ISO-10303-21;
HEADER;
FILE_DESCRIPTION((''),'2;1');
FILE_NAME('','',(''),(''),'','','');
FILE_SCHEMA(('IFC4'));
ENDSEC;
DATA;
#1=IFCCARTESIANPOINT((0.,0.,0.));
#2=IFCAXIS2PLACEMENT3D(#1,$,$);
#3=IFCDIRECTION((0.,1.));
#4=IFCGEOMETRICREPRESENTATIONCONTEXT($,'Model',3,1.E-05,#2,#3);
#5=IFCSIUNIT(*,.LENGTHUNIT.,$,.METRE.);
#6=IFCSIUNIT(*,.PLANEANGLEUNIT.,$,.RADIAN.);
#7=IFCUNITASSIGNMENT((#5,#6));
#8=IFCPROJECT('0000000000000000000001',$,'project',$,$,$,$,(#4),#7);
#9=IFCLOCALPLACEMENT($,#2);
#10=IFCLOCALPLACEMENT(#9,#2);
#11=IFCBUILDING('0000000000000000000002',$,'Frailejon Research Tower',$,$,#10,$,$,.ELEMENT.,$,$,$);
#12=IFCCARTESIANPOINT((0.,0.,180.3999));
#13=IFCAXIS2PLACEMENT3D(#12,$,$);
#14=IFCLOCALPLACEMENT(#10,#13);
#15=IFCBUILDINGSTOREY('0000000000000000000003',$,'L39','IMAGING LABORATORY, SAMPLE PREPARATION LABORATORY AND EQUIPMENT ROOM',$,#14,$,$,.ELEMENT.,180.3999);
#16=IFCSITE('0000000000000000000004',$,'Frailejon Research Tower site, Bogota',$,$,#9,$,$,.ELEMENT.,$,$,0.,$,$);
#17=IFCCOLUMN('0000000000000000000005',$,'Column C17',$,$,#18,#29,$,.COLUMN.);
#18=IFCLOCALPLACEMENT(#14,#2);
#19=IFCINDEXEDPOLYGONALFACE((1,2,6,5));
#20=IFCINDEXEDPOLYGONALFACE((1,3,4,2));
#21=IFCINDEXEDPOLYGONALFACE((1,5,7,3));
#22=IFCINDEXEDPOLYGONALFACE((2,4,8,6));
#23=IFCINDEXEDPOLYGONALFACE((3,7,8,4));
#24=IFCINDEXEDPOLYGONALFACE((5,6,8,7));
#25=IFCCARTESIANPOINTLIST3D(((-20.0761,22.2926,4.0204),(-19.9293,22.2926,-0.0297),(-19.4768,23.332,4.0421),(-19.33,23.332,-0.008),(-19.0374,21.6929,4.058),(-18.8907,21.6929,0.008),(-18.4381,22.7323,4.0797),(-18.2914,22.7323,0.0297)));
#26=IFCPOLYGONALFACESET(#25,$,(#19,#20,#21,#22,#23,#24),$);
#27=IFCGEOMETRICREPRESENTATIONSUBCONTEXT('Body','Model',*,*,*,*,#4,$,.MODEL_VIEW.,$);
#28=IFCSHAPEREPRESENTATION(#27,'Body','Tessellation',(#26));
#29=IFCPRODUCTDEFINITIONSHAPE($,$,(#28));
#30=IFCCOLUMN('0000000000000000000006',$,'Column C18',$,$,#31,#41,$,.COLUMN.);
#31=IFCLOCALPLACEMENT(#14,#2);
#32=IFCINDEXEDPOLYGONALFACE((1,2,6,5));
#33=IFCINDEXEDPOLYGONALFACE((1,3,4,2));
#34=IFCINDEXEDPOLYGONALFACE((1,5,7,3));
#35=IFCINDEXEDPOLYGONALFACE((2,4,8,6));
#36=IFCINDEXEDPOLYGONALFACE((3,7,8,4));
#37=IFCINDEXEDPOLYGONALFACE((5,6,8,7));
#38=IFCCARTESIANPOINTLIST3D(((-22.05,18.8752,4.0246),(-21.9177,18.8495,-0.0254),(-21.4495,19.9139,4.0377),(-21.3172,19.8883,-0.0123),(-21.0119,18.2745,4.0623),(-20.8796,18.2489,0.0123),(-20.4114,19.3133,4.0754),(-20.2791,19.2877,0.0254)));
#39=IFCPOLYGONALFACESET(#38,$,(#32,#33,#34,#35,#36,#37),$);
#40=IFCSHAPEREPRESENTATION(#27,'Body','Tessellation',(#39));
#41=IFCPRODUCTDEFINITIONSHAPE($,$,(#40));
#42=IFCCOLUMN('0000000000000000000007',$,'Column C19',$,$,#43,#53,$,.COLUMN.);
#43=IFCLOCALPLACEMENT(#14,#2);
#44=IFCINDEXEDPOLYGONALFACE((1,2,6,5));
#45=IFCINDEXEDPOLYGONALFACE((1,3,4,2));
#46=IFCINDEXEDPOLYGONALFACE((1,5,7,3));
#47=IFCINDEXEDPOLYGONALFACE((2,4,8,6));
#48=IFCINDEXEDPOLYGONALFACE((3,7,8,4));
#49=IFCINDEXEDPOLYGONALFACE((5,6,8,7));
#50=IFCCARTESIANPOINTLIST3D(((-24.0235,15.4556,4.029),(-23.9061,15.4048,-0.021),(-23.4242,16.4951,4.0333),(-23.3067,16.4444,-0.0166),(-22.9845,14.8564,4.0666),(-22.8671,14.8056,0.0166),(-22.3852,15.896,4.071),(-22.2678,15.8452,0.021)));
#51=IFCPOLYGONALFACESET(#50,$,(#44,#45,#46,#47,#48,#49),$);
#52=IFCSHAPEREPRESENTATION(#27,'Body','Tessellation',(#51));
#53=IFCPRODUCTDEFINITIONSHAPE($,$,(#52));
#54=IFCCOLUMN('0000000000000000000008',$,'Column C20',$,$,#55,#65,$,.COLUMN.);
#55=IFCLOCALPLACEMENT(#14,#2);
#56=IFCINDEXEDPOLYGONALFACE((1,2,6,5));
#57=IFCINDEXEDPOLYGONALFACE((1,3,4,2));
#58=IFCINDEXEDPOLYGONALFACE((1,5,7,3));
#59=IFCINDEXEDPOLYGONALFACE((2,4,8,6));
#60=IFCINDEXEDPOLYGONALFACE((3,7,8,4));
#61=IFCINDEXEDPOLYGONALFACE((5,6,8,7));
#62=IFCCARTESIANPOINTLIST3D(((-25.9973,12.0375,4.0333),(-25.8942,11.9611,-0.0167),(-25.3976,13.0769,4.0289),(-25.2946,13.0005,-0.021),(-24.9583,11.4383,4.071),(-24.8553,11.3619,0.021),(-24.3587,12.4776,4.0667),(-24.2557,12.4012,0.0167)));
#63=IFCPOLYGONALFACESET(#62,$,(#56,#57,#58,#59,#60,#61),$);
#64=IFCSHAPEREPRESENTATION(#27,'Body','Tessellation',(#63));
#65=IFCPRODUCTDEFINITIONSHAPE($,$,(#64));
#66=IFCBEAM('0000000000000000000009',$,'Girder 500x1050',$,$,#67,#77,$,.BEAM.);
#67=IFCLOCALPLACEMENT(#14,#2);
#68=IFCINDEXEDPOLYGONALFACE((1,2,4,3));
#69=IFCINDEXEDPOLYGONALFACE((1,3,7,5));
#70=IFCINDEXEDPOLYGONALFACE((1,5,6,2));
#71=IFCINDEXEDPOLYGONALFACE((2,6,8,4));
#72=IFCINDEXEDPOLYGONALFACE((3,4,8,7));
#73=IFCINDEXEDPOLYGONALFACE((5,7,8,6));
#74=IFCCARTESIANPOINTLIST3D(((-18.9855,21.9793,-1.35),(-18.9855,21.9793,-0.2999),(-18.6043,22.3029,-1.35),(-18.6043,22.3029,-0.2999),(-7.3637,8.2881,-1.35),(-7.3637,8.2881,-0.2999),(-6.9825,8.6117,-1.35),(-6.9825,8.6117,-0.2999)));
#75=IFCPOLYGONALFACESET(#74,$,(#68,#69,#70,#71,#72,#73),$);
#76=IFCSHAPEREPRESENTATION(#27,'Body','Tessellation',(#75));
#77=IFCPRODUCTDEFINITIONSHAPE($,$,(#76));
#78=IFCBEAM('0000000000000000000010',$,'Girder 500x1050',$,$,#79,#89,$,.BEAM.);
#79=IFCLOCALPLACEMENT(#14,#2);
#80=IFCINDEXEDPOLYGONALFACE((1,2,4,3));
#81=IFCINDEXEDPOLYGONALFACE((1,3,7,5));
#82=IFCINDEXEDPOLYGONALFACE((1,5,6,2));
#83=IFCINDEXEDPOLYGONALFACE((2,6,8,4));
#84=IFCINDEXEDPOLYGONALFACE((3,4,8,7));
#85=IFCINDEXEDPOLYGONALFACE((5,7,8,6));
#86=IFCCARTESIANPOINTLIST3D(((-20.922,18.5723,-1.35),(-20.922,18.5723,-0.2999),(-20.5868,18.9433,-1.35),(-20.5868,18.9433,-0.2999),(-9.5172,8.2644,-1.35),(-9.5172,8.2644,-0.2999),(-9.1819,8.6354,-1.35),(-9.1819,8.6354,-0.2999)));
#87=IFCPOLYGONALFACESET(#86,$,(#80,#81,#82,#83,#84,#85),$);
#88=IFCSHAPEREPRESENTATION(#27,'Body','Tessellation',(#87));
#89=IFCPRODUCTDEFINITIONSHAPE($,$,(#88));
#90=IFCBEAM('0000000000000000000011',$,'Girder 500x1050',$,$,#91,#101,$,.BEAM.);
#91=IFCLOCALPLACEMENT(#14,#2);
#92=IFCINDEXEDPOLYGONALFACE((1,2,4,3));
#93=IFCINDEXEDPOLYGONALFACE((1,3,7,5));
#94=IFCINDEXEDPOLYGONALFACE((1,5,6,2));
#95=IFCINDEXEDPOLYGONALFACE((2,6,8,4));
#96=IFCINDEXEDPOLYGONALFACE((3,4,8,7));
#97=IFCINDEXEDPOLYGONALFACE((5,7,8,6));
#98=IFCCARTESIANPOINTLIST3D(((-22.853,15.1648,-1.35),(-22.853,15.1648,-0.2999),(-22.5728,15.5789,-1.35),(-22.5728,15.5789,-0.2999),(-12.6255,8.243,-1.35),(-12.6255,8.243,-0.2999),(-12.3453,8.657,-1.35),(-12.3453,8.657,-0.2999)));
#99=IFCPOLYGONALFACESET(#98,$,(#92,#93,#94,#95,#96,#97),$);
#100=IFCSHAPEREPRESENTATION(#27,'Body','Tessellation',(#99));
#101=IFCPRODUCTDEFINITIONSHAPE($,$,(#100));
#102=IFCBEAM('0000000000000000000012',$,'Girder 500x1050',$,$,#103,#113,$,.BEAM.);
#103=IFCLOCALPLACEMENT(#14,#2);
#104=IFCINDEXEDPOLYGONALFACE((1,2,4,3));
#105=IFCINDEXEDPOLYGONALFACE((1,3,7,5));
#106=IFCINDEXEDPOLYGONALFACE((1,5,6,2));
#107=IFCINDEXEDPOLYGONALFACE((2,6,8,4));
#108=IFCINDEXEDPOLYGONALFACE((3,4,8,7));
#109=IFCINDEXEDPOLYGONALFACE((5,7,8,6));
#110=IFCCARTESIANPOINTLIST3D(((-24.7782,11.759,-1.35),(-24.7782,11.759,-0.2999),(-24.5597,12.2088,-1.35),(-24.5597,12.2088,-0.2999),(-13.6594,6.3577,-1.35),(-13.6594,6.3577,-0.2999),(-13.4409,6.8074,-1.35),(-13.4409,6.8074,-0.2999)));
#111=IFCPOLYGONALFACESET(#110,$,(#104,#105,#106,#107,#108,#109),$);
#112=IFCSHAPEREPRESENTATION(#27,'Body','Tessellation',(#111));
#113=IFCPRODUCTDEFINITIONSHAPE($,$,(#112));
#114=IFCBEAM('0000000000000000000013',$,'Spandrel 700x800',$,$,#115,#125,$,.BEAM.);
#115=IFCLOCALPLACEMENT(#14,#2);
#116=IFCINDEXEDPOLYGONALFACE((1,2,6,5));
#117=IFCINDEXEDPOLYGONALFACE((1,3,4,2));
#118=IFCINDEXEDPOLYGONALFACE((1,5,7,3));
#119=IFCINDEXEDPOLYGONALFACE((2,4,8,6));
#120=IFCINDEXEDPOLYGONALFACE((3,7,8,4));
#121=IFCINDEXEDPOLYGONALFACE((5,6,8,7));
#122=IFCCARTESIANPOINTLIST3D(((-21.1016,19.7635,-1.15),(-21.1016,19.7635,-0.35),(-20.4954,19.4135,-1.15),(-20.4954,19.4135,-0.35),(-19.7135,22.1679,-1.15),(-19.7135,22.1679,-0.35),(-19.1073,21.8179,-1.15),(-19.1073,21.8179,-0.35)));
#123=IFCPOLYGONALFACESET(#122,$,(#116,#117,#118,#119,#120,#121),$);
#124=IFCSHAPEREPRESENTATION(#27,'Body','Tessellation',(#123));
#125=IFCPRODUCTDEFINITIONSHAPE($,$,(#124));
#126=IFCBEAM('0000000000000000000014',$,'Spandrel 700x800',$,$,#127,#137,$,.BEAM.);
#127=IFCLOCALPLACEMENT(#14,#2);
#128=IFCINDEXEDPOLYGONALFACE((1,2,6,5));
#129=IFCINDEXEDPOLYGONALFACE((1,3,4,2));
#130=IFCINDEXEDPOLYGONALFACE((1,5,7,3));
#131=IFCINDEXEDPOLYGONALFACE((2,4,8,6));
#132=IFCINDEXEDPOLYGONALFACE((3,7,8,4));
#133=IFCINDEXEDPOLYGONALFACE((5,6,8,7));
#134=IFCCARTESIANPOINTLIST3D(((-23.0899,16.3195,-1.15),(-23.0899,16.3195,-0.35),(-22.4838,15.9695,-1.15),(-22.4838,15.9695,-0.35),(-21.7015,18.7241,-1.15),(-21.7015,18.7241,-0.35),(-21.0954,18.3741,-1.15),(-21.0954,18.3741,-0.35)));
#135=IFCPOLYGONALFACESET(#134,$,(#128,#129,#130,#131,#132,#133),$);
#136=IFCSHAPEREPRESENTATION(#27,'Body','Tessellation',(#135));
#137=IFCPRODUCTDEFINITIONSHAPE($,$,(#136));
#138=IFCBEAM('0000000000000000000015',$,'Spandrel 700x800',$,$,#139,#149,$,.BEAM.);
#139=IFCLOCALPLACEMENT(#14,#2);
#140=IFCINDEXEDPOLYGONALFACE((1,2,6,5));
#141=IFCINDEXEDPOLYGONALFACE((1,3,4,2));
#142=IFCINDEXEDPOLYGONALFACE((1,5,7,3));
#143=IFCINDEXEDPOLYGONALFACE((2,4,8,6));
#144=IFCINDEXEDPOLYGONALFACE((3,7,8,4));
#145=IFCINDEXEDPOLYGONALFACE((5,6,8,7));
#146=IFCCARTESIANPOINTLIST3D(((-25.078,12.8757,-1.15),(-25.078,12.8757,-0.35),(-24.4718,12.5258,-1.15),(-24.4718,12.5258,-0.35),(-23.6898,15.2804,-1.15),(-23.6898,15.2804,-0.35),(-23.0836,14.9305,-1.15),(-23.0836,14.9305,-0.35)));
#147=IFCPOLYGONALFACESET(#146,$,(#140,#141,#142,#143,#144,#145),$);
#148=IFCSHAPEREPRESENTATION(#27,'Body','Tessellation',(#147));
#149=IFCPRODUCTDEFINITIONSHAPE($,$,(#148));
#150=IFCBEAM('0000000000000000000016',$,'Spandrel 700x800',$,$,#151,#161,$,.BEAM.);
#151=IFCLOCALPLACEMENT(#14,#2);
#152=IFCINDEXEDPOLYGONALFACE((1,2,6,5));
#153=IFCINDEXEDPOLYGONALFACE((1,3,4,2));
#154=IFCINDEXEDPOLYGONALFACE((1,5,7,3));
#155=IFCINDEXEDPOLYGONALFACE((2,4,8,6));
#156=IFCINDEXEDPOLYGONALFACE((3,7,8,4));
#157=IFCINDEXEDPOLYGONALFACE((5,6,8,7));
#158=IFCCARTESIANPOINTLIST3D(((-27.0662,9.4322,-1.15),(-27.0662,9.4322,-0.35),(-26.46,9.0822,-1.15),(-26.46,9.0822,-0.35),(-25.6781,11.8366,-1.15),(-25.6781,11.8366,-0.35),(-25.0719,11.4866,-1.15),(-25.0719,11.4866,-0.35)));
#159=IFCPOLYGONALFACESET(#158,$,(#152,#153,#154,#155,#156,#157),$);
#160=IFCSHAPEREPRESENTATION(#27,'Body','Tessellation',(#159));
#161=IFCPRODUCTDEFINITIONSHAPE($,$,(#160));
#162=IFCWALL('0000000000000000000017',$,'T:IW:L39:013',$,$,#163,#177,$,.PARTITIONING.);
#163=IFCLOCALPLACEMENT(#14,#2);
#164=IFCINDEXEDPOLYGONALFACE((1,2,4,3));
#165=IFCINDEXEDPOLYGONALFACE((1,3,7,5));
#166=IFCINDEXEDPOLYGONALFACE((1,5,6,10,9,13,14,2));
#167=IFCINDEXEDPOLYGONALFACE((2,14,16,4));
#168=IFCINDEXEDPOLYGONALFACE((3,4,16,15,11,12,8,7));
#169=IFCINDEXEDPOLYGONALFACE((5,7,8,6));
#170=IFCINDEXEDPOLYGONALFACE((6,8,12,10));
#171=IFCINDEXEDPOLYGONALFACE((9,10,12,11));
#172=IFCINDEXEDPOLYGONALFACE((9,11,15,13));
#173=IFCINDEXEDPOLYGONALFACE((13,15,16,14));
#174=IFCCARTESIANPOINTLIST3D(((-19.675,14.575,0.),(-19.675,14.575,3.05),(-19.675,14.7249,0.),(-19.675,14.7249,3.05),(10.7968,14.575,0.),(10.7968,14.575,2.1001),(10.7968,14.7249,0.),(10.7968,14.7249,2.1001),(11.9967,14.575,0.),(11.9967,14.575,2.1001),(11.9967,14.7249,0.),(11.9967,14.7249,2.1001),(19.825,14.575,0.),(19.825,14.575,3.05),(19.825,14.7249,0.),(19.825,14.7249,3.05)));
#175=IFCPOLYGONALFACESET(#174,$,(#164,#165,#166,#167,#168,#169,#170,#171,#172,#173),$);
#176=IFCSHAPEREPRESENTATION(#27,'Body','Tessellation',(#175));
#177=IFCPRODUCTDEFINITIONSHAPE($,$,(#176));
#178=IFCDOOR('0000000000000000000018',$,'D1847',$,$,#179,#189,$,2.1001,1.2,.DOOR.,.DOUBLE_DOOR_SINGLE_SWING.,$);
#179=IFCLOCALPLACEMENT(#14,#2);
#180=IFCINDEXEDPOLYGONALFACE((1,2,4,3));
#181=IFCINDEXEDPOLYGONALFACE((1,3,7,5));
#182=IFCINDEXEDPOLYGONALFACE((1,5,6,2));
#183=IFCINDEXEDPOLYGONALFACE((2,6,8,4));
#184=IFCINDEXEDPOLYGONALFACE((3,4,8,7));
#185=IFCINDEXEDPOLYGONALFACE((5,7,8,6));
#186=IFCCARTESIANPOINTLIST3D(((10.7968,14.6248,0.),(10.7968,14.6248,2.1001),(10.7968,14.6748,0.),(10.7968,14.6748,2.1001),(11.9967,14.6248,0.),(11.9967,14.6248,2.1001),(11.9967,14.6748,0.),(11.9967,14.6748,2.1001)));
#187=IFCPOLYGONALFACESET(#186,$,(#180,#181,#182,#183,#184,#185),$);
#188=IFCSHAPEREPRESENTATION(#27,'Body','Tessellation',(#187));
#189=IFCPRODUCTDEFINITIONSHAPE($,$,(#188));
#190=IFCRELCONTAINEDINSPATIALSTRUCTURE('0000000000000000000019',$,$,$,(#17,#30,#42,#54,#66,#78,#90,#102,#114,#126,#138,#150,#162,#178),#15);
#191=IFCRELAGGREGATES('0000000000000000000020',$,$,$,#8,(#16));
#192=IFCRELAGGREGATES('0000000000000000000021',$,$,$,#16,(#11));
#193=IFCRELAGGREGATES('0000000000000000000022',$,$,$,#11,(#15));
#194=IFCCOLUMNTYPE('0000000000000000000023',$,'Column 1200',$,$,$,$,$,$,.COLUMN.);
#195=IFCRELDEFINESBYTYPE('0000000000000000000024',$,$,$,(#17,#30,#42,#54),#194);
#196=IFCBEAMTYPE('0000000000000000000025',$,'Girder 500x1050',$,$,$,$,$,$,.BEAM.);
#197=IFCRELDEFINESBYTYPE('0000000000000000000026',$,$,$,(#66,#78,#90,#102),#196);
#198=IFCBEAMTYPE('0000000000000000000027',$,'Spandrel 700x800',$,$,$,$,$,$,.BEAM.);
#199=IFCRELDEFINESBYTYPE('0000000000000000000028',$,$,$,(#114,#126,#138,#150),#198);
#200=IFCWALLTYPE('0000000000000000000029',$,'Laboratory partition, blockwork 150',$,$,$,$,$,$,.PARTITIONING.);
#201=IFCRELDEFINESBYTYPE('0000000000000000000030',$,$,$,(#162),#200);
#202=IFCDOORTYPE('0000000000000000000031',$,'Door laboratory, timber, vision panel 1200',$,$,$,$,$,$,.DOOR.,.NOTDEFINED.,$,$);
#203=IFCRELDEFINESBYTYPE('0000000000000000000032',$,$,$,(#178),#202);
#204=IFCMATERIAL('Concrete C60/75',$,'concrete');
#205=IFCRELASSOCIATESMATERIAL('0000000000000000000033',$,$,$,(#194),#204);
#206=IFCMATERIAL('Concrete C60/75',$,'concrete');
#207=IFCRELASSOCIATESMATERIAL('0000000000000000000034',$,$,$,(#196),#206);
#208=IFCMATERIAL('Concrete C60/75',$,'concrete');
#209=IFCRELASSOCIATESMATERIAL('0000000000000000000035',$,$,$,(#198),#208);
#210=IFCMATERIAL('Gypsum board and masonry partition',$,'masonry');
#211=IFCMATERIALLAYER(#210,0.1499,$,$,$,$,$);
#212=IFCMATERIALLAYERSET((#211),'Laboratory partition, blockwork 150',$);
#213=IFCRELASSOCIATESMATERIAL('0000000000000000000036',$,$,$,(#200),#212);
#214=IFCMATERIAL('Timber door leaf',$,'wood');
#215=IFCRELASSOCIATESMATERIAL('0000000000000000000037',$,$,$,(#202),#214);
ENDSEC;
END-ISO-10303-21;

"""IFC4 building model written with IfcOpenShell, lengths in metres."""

from ifc_helpers import new_model, si_unit, direction, frame, frame_2d, origin, origin_2d, place, context, subcontext, project, spatial, rectangle, extrude, material, layer, layer_set, material_profile, profile_set, type_object, element, fill, save


model = new_model("IFC4")

# Units and contexts
model_context = context("Model", 3, precision=1e-05, world=origin(), true_north=direction((0.0, 1.0)))
body_context = subcontext(model_context, "Body", "Model", "MODEL_VIEW")
ifc_project = project(units=[si_unit("LENGTHUNIT", "METRE"), si_unit("PLANEANGLEUNIT", "RADIAN")], contexts=[model_context])

# Site, building, storey
site_placement = place(None, origin())
site = spatial("IfcSite", under=ifc_project, at=site_placement, Name="Frailejon Research Tower site, Bogota", CompositionType="ELEMENT", RefElevation=0.0)
building_placement = place(site_placement, origin())
building = spatial("IfcBuilding", under=site, at=building_placement, Name="Frailejon Research Tower", CompositionType="ELEMENT")
storey_placement = place(building_placement, frame((0.0, 0.0, 180.3999)))
storey = spatial("IfcBuildingStorey", under=building, at=storey_placement, Name="L39", Description="IMAGING LABORATORY, SAMPLE PREPARATION LABORATORY AND EQUIPMENT ROOM", CompositionType="ELEMENT", Elevation=180.3999)

# Columns
ifc_material_1 = material(Name="Concrete C60/75", Category="concrete")
ifc_material_profile_1 = material_profile(ifc_material_1, rectangle(XDim=1.2, YDim=1.2, at=origin_2d()), Name="Column 1200")
ifc_profile_set_1 = profile_set([ifc_material_profile_1], Name="Concrete C60/75")
column_type = type_object("IfcColumnType", Name="Column 1200", PredefinedType="COLUMN", material=ifc_profile_set_1)
column_1_placement = place(storey_placement, frame((-19.1104, 22.5125, 0.0), z_axis=(-0.036205, 0.0, 0.999344), x_axis=(-0.499426, -0.866168, -0.018094)))
element("IfcColumn", 1, at=column_1_placement, inside=storey, type_object=column_type, Name="Column C17", PredefinedType="COLUMN", context=body_context, shape_type="SweptSolid", body=[
    extrude(rectangle(XDim=1.2, YDim=1.2, at=origin_2d()), origin(), (0.0, 0.0, 1.0), 4.0527),
])
column_2_placement = place(storey_placement, frame((-21.0984, 19.0686, 0.0), z_axis=(-0.032654, 0.006326, 0.999447), x_axis=(-0.500479, -0.865681, -0.010872)))
element("IfcColumn", 2, at=column_2_placement, inside=storey, type_object=column_type, Name="Column C18", PredefinedType="COLUMN", context=body_context, shape_type="SweptSolid", body=[
    extrude(rectangle(XDim=1.2, YDim=1.2, at=origin_2d()), origin(), (0.0, 0.0, 1.0), 4.0522),
])
for number, where, z_axis, x_axis, name in (
    (3, (-23.0869, 15.625, 0.0), (-0.028981, 0.012532, 0.999501), (-0.49945, -0.866335, -0.003619), "Column C19"),
    (4, (-25.075, 12.1812, 0.0), (-0.025426, 0.018858, 0.999499), (-0.49971, -0.866185, 0.003631), "Column C20"),
):
    element("IfcColumn", number, at=place(storey_placement, frame(where, z_axis=z_axis, x_axis=x_axis)), inside=storey, type_object=column_type, Name=name, PredefinedType="COLUMN", context=body_context, shape_type="SweptSolid", body=[
        extrude(rectangle(XDim=1.2, YDim=1.2, at=origin_2d()), origin(), (0.0, 0.0, 1.0), 4.052),
    ])

# Beams
ifc_material_2 = material(Name="Concrete C60/75", Category="concrete")
ifc_material_profile_2 = material_profile(ifc_material_2, rectangle(XDim=0.5, YDim=1.05, at=origin_2d()), Name="Girder 500x1050")
ifc_profile_set_2 = profile_set([ifc_material_profile_2], Name="Concrete C60/75")
beam_type_1 = type_object("IfcBeamType", Name="Girder 500x1050", PredefinedType="BEAM", material=ifc_profile_set_2)
beam_1_placement = place(storey_placement, frame((-18.7949, 22.1411, -0.825), z_axis=(0.647142, -0.762369, 0.0), x_axis=(0.762369, 0.647142, 0.0)))
element("IfcBeam", 5, at=beam_1_placement, inside=storey, type_object=beam_type_1, Name="Girder 500x1050", PredefinedType="BEAM", context=body_context, shape_type="SweptSolid", body=[
    extrude(rectangle(XDim=0.5, YDim=1.05, at=origin_2d()), origin(), (0.0, 0.0, 1.0), 17.9587),
])
beam_2_placement = place(storey_placement, frame((-20.7544, 18.7578, -0.825), z_axis=(0.741884, -0.670529, 0.0), x_axis=(0.670529, 0.741884, 0.0)))
element("IfcBeam", 6, at=beam_2_placement, inside=storey, type_object=beam_type_1, Name="Girder 500x1050", PredefinedType="BEAM", context=body_context, shape_type="SweptSolid", body=[
    extrude(rectangle(XDim=0.5, YDim=1.05, at=origin_2d()), origin(), (0.0, 0.0, 1.0), 15.3728),
])
beam_3_placement = place(storey_placement, frame((-22.7129, 15.3718, -0.825), z_axis=(0.828161, -0.56049, 0.0), x_axis=(0.56049, 0.828161, 0.0)))
element("IfcBeam", 7, at=beam_3_placement, inside=storey, type_object=beam_type_1, Name="Girder 500x1050", PredefinedType="BEAM", context=body_context, shape_type="SweptSolid", body=[
    extrude(rectangle(XDim=0.5, YDim=1.05, at=origin_2d()), origin(), (0.0, 0.0, 1.0), 12.3496),
])
beam_4_placement = place(storey_placement, frame((-24.6689, 11.9839, -0.825), z_axis=(0.899484, -0.436954, 0.0), x_axis=(0.436954, 0.899484, 0.0)))
element("IfcBeam", 8, at=beam_4_placement, inside=storey, type_object=beam_type_1, Name="Girder 500x1050", PredefinedType="BEAM", context=body_context, shape_type="SweptSolid", body=[
    extrude(rectangle(XDim=0.5, YDim=1.05, at=origin_2d()), origin(), (0.0, 0.0, 1.0), 12.3613),
])
ifc_material_3 = material(Name="Concrete C60/75", Category="concrete")
ifc_material_profile_3 = material_profile(ifc_material_3, rectangle(XDim=0.7, YDim=0.8, at=origin_2d()), Name="Spandrel 700x800")
ifc_profile_set_3 = profile_set([ifc_material_profile_3], Name="Concrete C60/75")
beam_type_2 = type_object("IfcBeamType", Name="Spandrel 700x800", PredefinedType="BEAM", material=ifc_profile_set_3)
beam_5_placement = place(storey_placement, frame((-19.4104, 21.9929, -0.75), z_axis=(-0.499979, -0.866038, 0.0), x_axis=(0.866038, -0.499979, 0.0)))
element("IfcBeam", 9, at=beam_5_placement, inside=storey, type_object=beam_type_2, Name="Spandrel 700x800", PredefinedType="BEAM", context=body_context, shape_type="SweptSolid", body=[
    extrude(rectangle(XDim=0.7, YDim=0.8, at=origin_2d()), origin(), (0.0, 0.0, 1.0), 2.7764),
])
for number, where, z_axis, x_axis, name in (
    (10, (-21.3984, 18.5491, -0.75), (-0.500045, -0.866, 0.0), (0.866, -0.500045, 0.0), "Spandrel 700x800"),
    (11, (-23.3867, 15.1055, -0.75), (-0.499941, -0.86606, 0.0), (0.86606, -0.499941, 0.0), "Spandrel 700x800"),
):
    element("IfcBeam", number, at=place(storey_placement, frame(where, z_axis=z_axis, x_axis=x_axis)), inside=storey, type_object=beam_type_2, Name=name, PredefinedType="BEAM", context=body_context, shape_type="SweptSolid", body=[
        extrude(rectangle(XDim=0.7, YDim=0.8, at=origin_2d()), origin(), (0.0, 0.0, 1.0), 2.7766),
    ])
beam_6_placement = place(storey_placement, frame((-25.375, 11.6616, -0.75), z_axis=(-0.499979, -0.866038, 0.0), x_axis=(0.866038, -0.499979, 0.0)))
element("IfcBeam", 12, at=beam_6_placement, inside=storey, type_object=beam_type_2, Name="Spandrel 700x800", PredefinedType="BEAM", context=body_context, shape_type="SweptSolid", body=[
    extrude(rectangle(XDim=0.7, YDim=0.8, at=origin_2d()), origin(), (0.0, 0.0, 1.0), 2.7764),
])

# Wall, opening, door
ifc_material_4 = material(Name="Gypsum board and masonry partition", Category="masonry")
ifc_layer_1 = layer(ifc_material_4, 0.1499)
ifc_layer_set_1 = layer_set([ifc_layer_1], Name="Laboratory partition, blockwork 150")
wall_type_1 = type_object("IfcWallType", Name="Laboratory partition, blockwork 150", PredefinedType="PARTITIONING", material=ifc_layer_set_1)
wall_1_placement = place(storey_placement, frame((-19.675, 14.6499, 0.0), z_axis=(0.0, 0.0, 1.0), x_axis=(1.0, 0.0, 0.0)))
wall_1 = element("IfcWall", 13, at=wall_1_placement, inside=storey, type_object=wall_type_1, Name="T:IW:L39:013", PredefinedType="PARTITIONING", context=body_context, shape_type="SweptSolid", body=[
    extrude(rectangle(XDim=39.5, YDim=0.1499, at=frame_2d((19.75, 0.0))), origin(), (0.0, 0.0, 1.0), 3.05),
])
opening_1_placement = place(wall_1_placement, frame((30.4717, 0.0, 0.0)))
opening_1 = element("IfcOpeningElement", 14, at=opening_1_placement, cuts=wall_1, PredefinedType="OPENING", context=body_context, shape_type="SweptSolid", body=[
    extrude(rectangle(XDim=1.2, YDim=2.1001, at=frame_2d((0.6001, 1.05))), frame((0.0, 0.085, 0.0), z_axis=(0.0, -1.0, 0.0), x_axis=(1.0, 0.0, 0.0)), (0.0, 0.0, 1.0), 0.1699),
])
ifc_material_5 = material(Name="Timber door leaf", Category="wood")
door_type_1 = type_object("IfcDoorType", Name="Door laboratory, timber, vision panel 1200", OperationType="NOTDEFINED", PredefinedType="DOOR", material=ifc_material_5)
door_1_placement = place(opening_1_placement, origin())
door_1 = element("IfcDoor", 15, at=door_1_placement, inside=storey, type_object=door_type_1, Name="D1847", OperationType="DOUBLE_DOOR_SINGLE_SWING", OverallHeight=2.1001, OverallWidth=1.2, PredefinedType="DOOR", context=body_context, shape_type="SweptSolid", body=[
    extrude(rectangle(XDim=1.2, YDim=2.1001, at=frame_2d((0.6001, 1.05))), frame((0.0, 0.0249, 0.0), z_axis=(0.0, -1.0, 0.0), x_axis=(1.0, 0.0, 0.0)), (0.0, 0.0, 1.0), 0.05),
])
fill(opening_1, door_1)

save(model, "model.ifc")
